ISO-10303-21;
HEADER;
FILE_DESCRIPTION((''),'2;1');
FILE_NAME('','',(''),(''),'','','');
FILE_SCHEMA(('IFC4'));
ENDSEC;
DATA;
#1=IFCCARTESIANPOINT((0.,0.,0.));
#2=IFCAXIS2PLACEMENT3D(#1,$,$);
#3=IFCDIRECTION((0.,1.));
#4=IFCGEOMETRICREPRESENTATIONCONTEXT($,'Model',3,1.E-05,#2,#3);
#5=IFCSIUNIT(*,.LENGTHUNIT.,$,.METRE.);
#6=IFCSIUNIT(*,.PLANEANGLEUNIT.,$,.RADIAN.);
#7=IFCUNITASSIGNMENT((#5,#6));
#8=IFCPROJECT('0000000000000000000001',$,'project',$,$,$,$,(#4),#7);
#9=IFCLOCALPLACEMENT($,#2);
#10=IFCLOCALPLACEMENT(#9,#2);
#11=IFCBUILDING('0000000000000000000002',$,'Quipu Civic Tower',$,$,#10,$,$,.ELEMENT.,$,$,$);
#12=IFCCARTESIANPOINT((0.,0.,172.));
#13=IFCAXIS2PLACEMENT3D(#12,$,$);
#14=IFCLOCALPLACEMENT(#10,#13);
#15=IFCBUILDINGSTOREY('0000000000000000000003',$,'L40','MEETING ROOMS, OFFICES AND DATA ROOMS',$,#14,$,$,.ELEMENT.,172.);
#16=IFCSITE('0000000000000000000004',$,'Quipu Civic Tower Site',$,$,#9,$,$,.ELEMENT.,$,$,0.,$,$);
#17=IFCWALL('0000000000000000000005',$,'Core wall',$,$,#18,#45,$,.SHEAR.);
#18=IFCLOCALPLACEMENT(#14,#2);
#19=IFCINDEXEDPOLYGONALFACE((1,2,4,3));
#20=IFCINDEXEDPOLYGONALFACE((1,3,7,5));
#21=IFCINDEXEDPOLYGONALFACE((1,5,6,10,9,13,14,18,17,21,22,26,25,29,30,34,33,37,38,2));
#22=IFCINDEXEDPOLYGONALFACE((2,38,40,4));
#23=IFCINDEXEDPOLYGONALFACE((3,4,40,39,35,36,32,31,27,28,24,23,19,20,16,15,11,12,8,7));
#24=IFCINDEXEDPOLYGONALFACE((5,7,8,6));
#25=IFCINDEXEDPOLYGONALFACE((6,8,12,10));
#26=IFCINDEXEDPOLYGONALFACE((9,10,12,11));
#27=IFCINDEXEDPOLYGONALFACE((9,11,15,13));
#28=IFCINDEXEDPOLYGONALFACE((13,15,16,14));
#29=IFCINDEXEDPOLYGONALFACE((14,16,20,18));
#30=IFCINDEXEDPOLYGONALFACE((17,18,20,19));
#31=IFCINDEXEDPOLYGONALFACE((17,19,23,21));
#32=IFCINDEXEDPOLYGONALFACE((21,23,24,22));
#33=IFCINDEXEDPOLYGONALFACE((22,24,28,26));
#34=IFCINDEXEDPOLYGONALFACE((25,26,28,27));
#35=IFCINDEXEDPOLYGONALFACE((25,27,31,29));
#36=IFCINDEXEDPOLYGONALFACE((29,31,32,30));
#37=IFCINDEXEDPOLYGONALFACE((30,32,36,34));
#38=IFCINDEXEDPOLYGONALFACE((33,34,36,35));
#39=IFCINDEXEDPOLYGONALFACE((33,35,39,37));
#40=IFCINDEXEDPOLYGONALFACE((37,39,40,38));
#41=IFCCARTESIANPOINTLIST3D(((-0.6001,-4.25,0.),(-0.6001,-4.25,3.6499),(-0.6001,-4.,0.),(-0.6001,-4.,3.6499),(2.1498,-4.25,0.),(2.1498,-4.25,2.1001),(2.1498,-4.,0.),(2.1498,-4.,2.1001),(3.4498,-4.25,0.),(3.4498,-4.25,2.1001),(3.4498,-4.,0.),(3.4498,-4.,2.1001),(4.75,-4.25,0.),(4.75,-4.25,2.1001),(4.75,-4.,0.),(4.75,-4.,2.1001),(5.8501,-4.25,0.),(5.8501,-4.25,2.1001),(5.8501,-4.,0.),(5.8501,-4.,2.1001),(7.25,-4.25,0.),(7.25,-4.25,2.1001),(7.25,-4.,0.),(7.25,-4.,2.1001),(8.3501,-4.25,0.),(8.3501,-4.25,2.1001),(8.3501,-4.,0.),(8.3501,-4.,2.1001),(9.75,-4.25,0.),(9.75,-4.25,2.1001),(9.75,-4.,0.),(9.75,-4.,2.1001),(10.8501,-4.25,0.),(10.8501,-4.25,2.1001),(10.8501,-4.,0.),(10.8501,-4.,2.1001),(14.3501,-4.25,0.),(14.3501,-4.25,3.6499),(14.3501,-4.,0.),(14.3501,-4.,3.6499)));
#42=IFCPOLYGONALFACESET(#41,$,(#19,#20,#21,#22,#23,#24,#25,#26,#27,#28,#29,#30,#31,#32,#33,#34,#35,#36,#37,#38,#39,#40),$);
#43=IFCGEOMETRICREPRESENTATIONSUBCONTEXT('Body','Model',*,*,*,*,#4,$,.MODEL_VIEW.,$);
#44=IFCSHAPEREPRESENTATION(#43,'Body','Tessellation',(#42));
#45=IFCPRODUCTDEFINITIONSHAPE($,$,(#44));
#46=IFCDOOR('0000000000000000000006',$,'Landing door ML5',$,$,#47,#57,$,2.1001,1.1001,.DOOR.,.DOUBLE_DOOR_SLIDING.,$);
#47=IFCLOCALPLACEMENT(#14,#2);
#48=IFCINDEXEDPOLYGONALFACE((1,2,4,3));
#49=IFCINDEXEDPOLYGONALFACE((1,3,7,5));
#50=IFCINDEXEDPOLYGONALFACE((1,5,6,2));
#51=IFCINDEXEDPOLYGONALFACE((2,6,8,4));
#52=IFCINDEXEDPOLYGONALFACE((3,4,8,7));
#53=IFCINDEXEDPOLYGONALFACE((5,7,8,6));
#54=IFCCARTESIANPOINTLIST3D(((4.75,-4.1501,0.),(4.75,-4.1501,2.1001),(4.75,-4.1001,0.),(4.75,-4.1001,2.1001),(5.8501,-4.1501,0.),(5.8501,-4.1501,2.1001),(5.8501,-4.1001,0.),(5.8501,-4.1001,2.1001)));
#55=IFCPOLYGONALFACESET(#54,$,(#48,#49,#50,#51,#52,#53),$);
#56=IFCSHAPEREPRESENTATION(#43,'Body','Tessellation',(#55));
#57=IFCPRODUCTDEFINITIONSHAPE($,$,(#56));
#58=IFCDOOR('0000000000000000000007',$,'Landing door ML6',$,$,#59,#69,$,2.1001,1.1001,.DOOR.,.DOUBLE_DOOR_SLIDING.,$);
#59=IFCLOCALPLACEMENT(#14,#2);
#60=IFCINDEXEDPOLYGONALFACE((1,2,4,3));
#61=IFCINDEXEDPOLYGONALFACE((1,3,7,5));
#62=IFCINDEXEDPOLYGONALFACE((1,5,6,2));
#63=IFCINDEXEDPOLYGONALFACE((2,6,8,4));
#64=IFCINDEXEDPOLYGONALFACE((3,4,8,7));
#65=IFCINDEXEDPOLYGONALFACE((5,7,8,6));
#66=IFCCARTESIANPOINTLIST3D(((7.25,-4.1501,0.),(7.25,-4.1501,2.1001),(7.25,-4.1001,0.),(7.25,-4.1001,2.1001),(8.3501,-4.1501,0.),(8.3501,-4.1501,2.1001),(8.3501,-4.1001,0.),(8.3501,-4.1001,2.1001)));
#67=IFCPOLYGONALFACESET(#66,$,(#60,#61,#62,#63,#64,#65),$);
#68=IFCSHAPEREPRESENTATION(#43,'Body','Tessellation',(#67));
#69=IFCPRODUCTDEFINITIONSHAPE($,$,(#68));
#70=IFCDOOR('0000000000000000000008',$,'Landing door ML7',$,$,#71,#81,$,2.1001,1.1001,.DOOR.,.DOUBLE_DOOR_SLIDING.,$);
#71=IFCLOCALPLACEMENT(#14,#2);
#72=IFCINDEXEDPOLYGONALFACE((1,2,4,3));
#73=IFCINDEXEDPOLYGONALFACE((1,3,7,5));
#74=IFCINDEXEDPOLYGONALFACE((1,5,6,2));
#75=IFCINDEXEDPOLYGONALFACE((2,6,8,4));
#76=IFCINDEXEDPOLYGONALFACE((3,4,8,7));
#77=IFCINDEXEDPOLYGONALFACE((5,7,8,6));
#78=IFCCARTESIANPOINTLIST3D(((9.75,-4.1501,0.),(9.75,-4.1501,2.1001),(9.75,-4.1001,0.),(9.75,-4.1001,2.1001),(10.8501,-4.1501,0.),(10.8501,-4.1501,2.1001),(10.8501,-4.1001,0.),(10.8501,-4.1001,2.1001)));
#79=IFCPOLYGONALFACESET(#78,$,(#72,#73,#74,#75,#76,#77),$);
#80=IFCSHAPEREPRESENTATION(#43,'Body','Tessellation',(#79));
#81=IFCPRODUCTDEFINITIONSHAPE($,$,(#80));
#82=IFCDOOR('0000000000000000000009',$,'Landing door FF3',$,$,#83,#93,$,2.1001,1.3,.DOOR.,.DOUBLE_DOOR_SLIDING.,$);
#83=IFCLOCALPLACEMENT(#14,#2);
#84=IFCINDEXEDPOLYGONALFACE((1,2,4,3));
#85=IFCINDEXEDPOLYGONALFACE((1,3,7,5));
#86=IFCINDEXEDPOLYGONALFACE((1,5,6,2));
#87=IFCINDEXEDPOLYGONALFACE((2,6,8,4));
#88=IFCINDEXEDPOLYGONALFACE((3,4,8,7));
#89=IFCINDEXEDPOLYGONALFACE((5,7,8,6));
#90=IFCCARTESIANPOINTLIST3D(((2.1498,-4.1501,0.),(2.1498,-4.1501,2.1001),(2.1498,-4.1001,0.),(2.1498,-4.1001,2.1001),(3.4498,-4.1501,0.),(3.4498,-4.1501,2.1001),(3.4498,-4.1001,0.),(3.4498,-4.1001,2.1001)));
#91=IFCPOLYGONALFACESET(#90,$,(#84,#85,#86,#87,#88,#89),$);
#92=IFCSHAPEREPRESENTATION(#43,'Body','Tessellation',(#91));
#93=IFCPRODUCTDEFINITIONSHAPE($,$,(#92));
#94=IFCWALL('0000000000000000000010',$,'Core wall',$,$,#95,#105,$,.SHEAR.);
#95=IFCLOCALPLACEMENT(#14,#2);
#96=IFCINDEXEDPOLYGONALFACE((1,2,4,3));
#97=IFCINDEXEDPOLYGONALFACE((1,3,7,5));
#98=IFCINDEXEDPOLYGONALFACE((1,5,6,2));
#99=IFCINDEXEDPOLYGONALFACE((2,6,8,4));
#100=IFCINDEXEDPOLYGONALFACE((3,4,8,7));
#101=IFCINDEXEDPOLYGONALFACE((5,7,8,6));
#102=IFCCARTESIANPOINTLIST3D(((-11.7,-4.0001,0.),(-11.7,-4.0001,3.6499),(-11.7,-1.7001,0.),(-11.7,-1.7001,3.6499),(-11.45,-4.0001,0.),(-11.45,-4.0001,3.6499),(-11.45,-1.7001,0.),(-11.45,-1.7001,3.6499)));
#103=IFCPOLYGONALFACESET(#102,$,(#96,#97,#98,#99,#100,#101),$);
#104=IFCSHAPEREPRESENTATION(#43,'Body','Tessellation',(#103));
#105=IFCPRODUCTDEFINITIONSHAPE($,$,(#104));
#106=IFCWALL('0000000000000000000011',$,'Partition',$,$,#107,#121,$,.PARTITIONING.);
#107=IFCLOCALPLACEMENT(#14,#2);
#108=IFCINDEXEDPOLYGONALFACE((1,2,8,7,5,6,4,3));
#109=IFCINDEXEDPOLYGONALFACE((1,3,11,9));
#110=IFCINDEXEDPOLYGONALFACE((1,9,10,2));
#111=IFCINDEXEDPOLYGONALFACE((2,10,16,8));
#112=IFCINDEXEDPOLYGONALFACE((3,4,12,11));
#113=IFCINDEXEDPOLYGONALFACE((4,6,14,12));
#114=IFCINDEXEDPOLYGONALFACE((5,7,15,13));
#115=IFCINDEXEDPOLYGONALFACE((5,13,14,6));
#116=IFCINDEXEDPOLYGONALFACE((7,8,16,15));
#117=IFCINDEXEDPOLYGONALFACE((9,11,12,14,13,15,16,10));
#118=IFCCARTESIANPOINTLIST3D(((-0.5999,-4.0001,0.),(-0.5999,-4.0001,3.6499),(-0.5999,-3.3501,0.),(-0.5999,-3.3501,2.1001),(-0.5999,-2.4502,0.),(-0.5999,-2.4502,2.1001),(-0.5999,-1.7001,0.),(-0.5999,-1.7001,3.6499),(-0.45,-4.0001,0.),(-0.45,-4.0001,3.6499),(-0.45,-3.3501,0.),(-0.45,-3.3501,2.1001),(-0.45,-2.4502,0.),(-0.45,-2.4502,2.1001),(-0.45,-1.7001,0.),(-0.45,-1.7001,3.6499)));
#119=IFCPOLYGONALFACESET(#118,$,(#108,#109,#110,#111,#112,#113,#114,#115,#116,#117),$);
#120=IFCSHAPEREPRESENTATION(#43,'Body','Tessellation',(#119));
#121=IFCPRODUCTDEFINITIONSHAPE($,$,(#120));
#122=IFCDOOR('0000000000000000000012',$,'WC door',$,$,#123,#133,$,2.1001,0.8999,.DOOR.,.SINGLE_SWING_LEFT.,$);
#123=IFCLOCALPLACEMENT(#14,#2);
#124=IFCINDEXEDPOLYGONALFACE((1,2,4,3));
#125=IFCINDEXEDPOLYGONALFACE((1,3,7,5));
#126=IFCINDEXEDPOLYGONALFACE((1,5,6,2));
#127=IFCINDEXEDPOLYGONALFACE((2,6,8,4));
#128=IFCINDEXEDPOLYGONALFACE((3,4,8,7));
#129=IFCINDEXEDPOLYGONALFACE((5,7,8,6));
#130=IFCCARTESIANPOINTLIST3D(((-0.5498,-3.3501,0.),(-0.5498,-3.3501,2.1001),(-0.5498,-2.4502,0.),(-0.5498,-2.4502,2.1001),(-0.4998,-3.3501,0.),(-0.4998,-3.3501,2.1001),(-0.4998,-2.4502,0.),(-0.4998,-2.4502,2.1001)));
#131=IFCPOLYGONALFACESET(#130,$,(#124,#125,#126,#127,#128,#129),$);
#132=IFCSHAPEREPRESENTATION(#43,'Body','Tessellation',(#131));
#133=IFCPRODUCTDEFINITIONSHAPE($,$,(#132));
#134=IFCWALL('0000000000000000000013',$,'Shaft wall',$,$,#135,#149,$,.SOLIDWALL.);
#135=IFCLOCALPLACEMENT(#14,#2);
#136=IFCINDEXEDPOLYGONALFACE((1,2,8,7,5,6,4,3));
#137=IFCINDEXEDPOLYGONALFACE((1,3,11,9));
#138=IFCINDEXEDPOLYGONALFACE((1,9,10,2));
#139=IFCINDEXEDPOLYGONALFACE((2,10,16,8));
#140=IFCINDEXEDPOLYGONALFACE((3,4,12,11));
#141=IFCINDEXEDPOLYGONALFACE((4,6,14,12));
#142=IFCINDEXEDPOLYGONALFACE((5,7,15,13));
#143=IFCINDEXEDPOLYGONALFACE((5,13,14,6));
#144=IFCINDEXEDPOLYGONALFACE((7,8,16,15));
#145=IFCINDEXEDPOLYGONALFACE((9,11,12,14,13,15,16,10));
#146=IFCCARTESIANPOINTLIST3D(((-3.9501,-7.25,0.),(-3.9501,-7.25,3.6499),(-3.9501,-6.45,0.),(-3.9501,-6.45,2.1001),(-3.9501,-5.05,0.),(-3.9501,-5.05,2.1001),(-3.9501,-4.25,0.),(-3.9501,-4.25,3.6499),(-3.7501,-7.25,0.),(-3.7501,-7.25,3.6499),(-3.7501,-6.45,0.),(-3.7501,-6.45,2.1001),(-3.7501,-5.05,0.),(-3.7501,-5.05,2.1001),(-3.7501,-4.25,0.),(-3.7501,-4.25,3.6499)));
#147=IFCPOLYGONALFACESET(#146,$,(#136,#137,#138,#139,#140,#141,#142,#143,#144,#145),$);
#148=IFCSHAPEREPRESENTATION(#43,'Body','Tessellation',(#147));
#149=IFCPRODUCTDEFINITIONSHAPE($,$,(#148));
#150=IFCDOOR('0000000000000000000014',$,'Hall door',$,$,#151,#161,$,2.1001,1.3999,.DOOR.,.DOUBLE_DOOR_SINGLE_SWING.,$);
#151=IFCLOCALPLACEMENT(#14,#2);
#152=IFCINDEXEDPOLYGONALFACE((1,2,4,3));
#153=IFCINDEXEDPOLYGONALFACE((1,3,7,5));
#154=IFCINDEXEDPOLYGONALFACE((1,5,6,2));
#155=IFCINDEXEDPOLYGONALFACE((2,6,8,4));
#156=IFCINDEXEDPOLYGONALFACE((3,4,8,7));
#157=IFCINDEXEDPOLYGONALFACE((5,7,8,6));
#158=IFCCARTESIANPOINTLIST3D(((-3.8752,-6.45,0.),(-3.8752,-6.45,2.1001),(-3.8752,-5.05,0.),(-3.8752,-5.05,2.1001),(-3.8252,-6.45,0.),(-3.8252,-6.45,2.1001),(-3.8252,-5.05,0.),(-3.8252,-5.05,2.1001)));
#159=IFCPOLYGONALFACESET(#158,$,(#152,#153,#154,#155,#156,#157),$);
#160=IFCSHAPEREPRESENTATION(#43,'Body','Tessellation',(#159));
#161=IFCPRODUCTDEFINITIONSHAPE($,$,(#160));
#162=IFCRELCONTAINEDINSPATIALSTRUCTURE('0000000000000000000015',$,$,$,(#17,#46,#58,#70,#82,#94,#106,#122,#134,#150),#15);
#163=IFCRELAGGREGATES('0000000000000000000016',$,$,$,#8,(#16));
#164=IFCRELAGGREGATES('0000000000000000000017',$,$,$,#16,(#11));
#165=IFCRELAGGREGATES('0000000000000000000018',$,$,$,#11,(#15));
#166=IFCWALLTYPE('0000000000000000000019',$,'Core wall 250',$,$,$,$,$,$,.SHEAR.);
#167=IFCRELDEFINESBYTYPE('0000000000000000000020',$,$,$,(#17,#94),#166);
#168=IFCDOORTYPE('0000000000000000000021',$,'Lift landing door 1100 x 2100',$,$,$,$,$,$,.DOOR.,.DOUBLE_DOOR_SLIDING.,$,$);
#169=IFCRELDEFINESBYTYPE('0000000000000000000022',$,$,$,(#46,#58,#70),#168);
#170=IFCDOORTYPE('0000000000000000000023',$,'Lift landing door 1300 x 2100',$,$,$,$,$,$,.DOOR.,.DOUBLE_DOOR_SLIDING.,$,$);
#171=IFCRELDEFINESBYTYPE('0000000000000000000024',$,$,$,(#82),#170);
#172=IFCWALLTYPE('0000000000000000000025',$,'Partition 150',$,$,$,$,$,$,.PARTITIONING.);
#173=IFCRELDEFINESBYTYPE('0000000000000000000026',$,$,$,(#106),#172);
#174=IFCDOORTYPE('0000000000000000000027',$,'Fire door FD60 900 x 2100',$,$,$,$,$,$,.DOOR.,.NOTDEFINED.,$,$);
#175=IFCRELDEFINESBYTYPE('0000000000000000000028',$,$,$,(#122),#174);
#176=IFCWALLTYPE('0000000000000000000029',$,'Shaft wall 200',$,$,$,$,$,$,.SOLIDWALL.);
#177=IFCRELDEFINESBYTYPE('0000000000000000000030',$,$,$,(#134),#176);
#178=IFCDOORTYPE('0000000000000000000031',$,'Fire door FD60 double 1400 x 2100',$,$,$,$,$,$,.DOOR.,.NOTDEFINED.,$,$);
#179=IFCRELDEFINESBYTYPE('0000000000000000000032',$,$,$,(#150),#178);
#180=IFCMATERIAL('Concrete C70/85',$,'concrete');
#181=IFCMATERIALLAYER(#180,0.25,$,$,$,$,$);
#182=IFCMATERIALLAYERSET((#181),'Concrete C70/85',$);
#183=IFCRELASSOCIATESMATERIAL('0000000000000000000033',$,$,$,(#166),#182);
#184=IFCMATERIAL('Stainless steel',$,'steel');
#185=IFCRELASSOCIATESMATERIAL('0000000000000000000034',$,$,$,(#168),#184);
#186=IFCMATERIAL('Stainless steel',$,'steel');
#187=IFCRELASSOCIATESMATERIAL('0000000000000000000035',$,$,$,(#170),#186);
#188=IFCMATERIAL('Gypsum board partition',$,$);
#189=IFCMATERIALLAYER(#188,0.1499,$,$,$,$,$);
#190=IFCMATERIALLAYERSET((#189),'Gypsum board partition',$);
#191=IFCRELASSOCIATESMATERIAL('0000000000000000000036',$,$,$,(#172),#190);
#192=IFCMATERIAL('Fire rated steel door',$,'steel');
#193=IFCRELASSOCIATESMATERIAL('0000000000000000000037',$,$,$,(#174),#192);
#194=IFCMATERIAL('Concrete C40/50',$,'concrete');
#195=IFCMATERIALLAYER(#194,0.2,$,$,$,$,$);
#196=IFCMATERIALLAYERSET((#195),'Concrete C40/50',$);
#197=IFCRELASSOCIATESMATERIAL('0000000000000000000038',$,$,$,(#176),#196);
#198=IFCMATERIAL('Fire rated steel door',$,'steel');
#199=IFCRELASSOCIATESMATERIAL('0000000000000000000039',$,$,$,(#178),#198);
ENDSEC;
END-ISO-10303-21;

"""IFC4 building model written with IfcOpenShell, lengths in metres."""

from ifc_helpers import new_model, si_unit, direction, frame, frame_2d, origin, place, context, subcontext, project, spatial, rectangle, extrude, material, layer, layer_set, type_object, element, fill, save


model = new_model("IFC4")

# Units and contexts
model_context = context("Model", 3, precision=1e-05, world=origin(), true_north=direction((0.0, 1.0)))
body_context = subcontext(model_context, "Body", "Model", "MODEL_VIEW")
ifc_project = project(units=[si_unit("LENGTHUNIT", "METRE"), si_unit("PLANEANGLEUNIT", "RADIAN")], contexts=[model_context])

# Site, building, storey
site_placement = place(None, origin())
site = spatial("IfcSite", under=ifc_project, at=site_placement, Name="Quipu Civic Tower Site", CompositionType="ELEMENT", RefElevation=0.0)
building_placement = place(site_placement, origin())
building = spatial("IfcBuilding", under=site, at=building_placement, Name="Quipu Civic Tower", CompositionType="ELEMENT")
storey_placement = place(building_placement, frame((0.0, 0.0, 172.0)))
storey = spatial("IfcBuildingStorey", under=building, at=storey_placement, Name="L40", Description="MEETING ROOMS, OFFICES AND DATA ROOMS", CompositionType="ELEMENT", Elevation=172.0)

# Wall, openings, doors
ifc_material_1 = material(Name="Concrete C70/85", Category="concrete")
ifc_layer_1 = layer(ifc_material_1, 0.25)
ifc_layer_set_1 = layer_set([ifc_layer_1], Name="Concrete C70/85")
wall_type_1 = type_object("IfcWallType", Name="Core wall 250", PredefinedType="SHEAR", material=ifc_layer_set_1)
wall_1_placement = place(storey_placement, frame((-0.6001, -4.125, 0.0), z_axis=(0.0, 0.0, 1.0), x_axis=(1.0, 0.0, 0.0)))
wall_1 = element("IfcWall", 1, at=wall_1_placement, inside=storey, type_object=wall_type_1, Name="Core wall", PredefinedType="SHEAR", context=body_context, shape_type="SweptSolid", body=[
    extrude(rectangle(XDim=14.9502, YDim=0.25, at=frame_2d((7.4751, 0.0))), origin(), (0.0, 0.0, 1.0), 3.6499),
])
opening_1_placement = place(wall_1_placement, frame((2.75, 0.0, 0.0)))
opening_1 = element("IfcOpeningElement", 2, at=opening_1_placement, cuts=wall_1, PredefinedType="OPENING", context=body_context, shape_type="SweptSolid", body=[
    extrude(rectangle(XDim=1.3, YDim=2.1001, at=frame_2d((0.6499, 1.05))), frame((0.0, 0.135, 0.0), z_axis=(0.0, -1.0, 0.0), x_axis=(1.0, 0.0, 0.0)), (0.0, 0.0, 1.0), 0.27),
])
opening_2_placement = place(wall_1_placement, frame((5.3501, 0.0, 0.0)))
opening_2 = element("IfcOpeningElement", 3, at=opening_2_placement, cuts=wall_1, PredefinedType="OPENING", context=body_context, shape_type="SweptSolid", body=[
    extrude(rectangle(XDim=1.1001, YDim=2.1001, at=frame_2d((0.55, 1.05))), frame((0.0, 0.135, 0.0), z_axis=(0.0, -1.0, 0.0), x_axis=(1.0, 0.0, 0.0)), (0.0, 0.0, 1.0), 0.27),
])
opening_3_placement = place(wall_1_placement, frame((7.8501, 0.0, 0.0)))
opening_3 = element("IfcOpeningElement", 4, at=opening_3_placement, cuts=wall_1, PredefinedType="OPENING", context=body_context, shape_type="SweptSolid", body=[
    extrude(rectangle(XDim=1.1001, YDim=2.1001, at=frame_2d((0.55, 1.05))), frame((0.0, 0.135, 0.0), z_axis=(0.0, -1.0, 0.0), x_axis=(1.0, 0.0, 0.0)), (0.0, 0.0, 1.0), 0.27),
])
opening_4_placement = place(wall_1_placement, frame((10.3501, 0.0, 0.0)))
opening_4 = element("IfcOpeningElement", 5, at=opening_4_placement, cuts=wall_1, PredefinedType="OPENING", context=body_context, shape_type="SweptSolid", body=[
    extrude(rectangle(XDim=1.1001, YDim=2.1001, at=frame_2d((0.55, 1.05))), frame((0.0, 0.135, 0.0), z_axis=(0.0, -1.0, 0.0), x_axis=(1.0, 0.0, 0.0)), (0.0, 0.0, 1.0), 0.27),
])
ifc_material_2 = material(Name="Stainless steel", Category="steel")
door_type_1 = type_object("IfcDoorType", Name="Lift landing door 1100 x 2100", OperationType="DOUBLE_DOOR_SLIDING", PredefinedType="DOOR", material=ifc_material_2)
door_1_placement = place(opening_2_placement, origin())
door_1 = element("IfcDoor", 6, at=door_1_placement, inside=storey, type_object=door_type_1, Name="Landing door ML5", OperationType="DOUBLE_DOOR_SLIDING", OverallHeight=2.1001, OverallWidth=1.1001, PredefinedType="DOOR", context=body_context, shape_type="SweptSolid", body=[
    extrude(rectangle(XDim=1.1001, YDim=2.1001, at=frame_2d((0.55, 1.05))), frame((0.0, 0.0249, 0.0), z_axis=(0.0, -1.0, 0.0), x_axis=(1.0, 0.0, 0.0)), (0.0, 0.0, 1.0), 0.05),
])
fill(opening_2, door_1)
door_2_placement = place(opening_3_placement, origin())
door_2 = element("IfcDoor", 7, at=door_2_placement, inside=storey, type_object=door_type_1, Name="Landing door ML6", OperationType="DOUBLE_DOOR_SLIDING", OverallHeight=2.1001, OverallWidth=1.1001, PredefinedType="DOOR", context=body_context, shape_type="SweptSolid", body=[
    extrude(rectangle(XDim=1.1001, YDim=2.1001, at=frame_2d((0.55, 1.05))), frame((0.0, 0.0249, 0.0), z_axis=(0.0, -1.0, 0.0), x_axis=(1.0, 0.0, 0.0)), (0.0, 0.0, 1.0), 0.05),
])
fill(opening_3, door_2)
door_3_placement = place(opening_4_placement, origin())
door_3 = element("IfcDoor", 8, at=door_3_placement, inside=storey, type_object=door_type_1, Name="Landing door ML7", OperationType="DOUBLE_DOOR_SLIDING", OverallHeight=2.1001, OverallWidth=1.1001, PredefinedType="DOOR", context=body_context, shape_type="SweptSolid", body=[
    extrude(rectangle(XDim=1.1001, YDim=2.1001, at=frame_2d((0.55, 1.05))), frame((0.0, 0.0249, 0.0), z_axis=(0.0, -1.0, 0.0), x_axis=(1.0, 0.0, 0.0)), (0.0, 0.0, 1.0), 0.05),
])
fill(opening_4, door_3)
ifc_material_3 = material(Name="Stainless steel", Category="steel")
door_type_2 = type_object("IfcDoorType", Name="Lift landing door 1300 x 2100", OperationType="DOUBLE_DOOR_SLIDING", PredefinedType="DOOR", material=ifc_material_3)
door_4_placement = place(opening_1_placement, origin())
door_4 = element("IfcDoor", 9, at=door_4_placement, inside=storey, type_object=door_type_2, Name="Landing door FF3", OperationType="DOUBLE_DOOR_SLIDING", OverallHeight=2.1001, OverallWidth=1.3, PredefinedType="DOOR", context=body_context, shape_type="SweptSolid", body=[
    extrude(rectangle(XDim=1.3, YDim=2.1001, at=frame_2d((0.6499, 1.05))), frame((0.0, 0.0249, 0.0), z_axis=(0.0, -1.0, 0.0), x_axis=(1.0, 0.0, 0.0)), (0.0, 0.0, 1.0), 0.05),
])
fill(opening_1, door_4)

# Wall
wall_2_placement = place(storey_placement, frame((-11.575, -4.0, 0.0), z_axis=(0.0, 0.0, 1.0), x_axis=(0.0, 1.0, 0.0)))
element("IfcWall", 10, at=wall_2_placement, inside=storey, type_object=wall_type_1, Name="Core wall", PredefinedType="SHEAR", context=body_context, shape_type="SweptSolid", body=[
    extrude(rectangle(XDim=2.3, YDim=0.25, at=frame_2d((1.1499, 0.0))), origin(), (0.0, 0.0, 1.0), 3.6499),
])

# Walls, openings, doors
ifc_material_4 = material(Name="Gypsum board partition")
ifc_layer_2 = layer(ifc_material_4, 0.1499)
ifc_layer_set_2 = layer_set([ifc_layer_2], Name="Gypsum board partition")
wall_type_2 = type_object("IfcWallType", Name="Partition 150", PredefinedType="PARTITIONING", material=ifc_layer_set_2)
wall_3_placement = place(storey_placement, frame((-0.5249, -4.0, 0.0), z_axis=(0.0, 0.0, 1.0), x_axis=(0.0, 1.0, 0.0)))
wall_3 = element("IfcWall", 11, at=wall_3_placement, inside=storey, type_object=wall_type_2, Name="Partition", PredefinedType="PARTITIONING", context=body_context, shape_type="SweptSolid", body=[
    extrude(rectangle(XDim=2.3, YDim=0.1499, at=frame_2d((1.1499, 0.0))), origin(), (0.0, 0.0, 1.0), 3.6499),
])
opening_5_placement = place(wall_3_placement, frame((0.6499, 0.0, 0.0)))
opening_5 = element("IfcOpeningElement", 12, at=opening_5_placement, cuts=wall_3, PredefinedType="OPENING", context=body_context, shape_type="SweptSolid", body=[
    extrude(rectangle(XDim=0.8999, YDim=2.1001, at=frame_2d((0.45, 1.05))), frame((0.0, 0.085, 0.0), z_axis=(0.0, -1.0, 0.0), x_axis=(1.0, 0.0, 0.0)), (0.0, 0.0, 1.0), 0.1699),
])
ifc_material_5 = material(Name="Fire rated steel door", Category="steel")
door_type_3 = type_object("IfcDoorType", Name="Fire door FD60 900 x 2100", OperationType="NOTDEFINED", PredefinedType="DOOR", material=ifc_material_5)
door_5_placement = place(opening_5_placement, origin())
door_5 = element("IfcDoor", 13, at=door_5_placement, inside=storey, type_object=door_type_3, Name="WC door", OperationType="SINGLE_SWING_LEFT", OverallHeight=2.1001, OverallWidth=0.8999, PredefinedType="DOOR", context=body_context, shape_type="SweptSolid", body=[
    extrude(rectangle(XDim=0.8999, YDim=2.1001, at=frame_2d((0.45, 1.05))), frame((0.0, 0.0249, 0.0), z_axis=(0.0, -1.0, 0.0), x_axis=(1.0, 0.0, 0.0)), (0.0, 0.0, 1.0), 0.05),
])
fill(opening_5, door_5)
ifc_material_6 = material(Name="Concrete C40/50", Category="concrete")
ifc_layer_3 = layer(ifc_material_6, 0.2)
ifc_layer_set_3 = layer_set([ifc_layer_3], Name="Concrete C40/50")
wall_type_3 = type_object("IfcWallType", Name="Shaft wall 200", PredefinedType="SOLIDWALL", material=ifc_layer_set_3)
wall_4_placement = place(storey_placement, frame((-3.8501, -4.25, 0.0), z_axis=(0.0, 0.0, 1.0), x_axis=(0.0, -1.0, 0.0)))
wall_4 = element("IfcWall", 14, at=wall_4_placement, inside=storey, type_object=wall_type_3, Name="Shaft wall", PredefinedType="SOLIDWALL", context=body_context, shape_type="SweptSolid", body=[
    extrude(rectangle(XDim=3.0, YDim=0.2, at=frame_2d((1.5, 0.0))), origin(), (0.0, 0.0, 1.0), 3.6499),
])
opening_6_placement = place(wall_4_placement, frame((0.8, 0.0, 0.0)))
opening_6 = element("IfcOpeningElement", 15, at=opening_6_placement, cuts=wall_4, PredefinedType="OPENING", context=body_context, shape_type="SweptSolid", body=[
    extrude(rectangle(XDim=1.3999, YDim=2.1001, at=frame_2d((0.7, 1.05))), frame((0.0, 0.1099, 0.0), z_axis=(0.0, -1.0, 0.0), x_axis=(1.0, 0.0, 0.0)), (0.0, 0.0, 1.0), 0.22),
])
ifc_material_7 = material(Name="Fire rated steel door", Category="steel")
door_type_4 = type_object("IfcDoorType", Name="Fire door FD60 double 1400 x 2100", OperationType="NOTDEFINED", PredefinedType="DOOR", material=ifc_material_7)
door_6_placement = place(opening_6_placement, origin())
door_6 = element("IfcDoor", 16, at=door_6_placement, inside=storey, type_object=door_type_4, Name="Hall door", OperationType="DOUBLE_DOOR_SINGLE_SWING", OverallHeight=2.1001, OverallWidth=1.3999, PredefinedType="DOOR", context=body_context, shape_type="SweptSolid", body=[
    extrude(rectangle(XDim=1.3999, YDim=2.1001, at=frame_2d((0.7, 1.05))), frame((0.0, 0.0249, 0.0), z_axis=(0.0, -1.0, 0.0), x_axis=(1.0, 0.0, 0.0)), (0.0, 0.0, 1.0), 0.05),
])
fill(opening_6, door_6)

save(model, "model.ifc")
